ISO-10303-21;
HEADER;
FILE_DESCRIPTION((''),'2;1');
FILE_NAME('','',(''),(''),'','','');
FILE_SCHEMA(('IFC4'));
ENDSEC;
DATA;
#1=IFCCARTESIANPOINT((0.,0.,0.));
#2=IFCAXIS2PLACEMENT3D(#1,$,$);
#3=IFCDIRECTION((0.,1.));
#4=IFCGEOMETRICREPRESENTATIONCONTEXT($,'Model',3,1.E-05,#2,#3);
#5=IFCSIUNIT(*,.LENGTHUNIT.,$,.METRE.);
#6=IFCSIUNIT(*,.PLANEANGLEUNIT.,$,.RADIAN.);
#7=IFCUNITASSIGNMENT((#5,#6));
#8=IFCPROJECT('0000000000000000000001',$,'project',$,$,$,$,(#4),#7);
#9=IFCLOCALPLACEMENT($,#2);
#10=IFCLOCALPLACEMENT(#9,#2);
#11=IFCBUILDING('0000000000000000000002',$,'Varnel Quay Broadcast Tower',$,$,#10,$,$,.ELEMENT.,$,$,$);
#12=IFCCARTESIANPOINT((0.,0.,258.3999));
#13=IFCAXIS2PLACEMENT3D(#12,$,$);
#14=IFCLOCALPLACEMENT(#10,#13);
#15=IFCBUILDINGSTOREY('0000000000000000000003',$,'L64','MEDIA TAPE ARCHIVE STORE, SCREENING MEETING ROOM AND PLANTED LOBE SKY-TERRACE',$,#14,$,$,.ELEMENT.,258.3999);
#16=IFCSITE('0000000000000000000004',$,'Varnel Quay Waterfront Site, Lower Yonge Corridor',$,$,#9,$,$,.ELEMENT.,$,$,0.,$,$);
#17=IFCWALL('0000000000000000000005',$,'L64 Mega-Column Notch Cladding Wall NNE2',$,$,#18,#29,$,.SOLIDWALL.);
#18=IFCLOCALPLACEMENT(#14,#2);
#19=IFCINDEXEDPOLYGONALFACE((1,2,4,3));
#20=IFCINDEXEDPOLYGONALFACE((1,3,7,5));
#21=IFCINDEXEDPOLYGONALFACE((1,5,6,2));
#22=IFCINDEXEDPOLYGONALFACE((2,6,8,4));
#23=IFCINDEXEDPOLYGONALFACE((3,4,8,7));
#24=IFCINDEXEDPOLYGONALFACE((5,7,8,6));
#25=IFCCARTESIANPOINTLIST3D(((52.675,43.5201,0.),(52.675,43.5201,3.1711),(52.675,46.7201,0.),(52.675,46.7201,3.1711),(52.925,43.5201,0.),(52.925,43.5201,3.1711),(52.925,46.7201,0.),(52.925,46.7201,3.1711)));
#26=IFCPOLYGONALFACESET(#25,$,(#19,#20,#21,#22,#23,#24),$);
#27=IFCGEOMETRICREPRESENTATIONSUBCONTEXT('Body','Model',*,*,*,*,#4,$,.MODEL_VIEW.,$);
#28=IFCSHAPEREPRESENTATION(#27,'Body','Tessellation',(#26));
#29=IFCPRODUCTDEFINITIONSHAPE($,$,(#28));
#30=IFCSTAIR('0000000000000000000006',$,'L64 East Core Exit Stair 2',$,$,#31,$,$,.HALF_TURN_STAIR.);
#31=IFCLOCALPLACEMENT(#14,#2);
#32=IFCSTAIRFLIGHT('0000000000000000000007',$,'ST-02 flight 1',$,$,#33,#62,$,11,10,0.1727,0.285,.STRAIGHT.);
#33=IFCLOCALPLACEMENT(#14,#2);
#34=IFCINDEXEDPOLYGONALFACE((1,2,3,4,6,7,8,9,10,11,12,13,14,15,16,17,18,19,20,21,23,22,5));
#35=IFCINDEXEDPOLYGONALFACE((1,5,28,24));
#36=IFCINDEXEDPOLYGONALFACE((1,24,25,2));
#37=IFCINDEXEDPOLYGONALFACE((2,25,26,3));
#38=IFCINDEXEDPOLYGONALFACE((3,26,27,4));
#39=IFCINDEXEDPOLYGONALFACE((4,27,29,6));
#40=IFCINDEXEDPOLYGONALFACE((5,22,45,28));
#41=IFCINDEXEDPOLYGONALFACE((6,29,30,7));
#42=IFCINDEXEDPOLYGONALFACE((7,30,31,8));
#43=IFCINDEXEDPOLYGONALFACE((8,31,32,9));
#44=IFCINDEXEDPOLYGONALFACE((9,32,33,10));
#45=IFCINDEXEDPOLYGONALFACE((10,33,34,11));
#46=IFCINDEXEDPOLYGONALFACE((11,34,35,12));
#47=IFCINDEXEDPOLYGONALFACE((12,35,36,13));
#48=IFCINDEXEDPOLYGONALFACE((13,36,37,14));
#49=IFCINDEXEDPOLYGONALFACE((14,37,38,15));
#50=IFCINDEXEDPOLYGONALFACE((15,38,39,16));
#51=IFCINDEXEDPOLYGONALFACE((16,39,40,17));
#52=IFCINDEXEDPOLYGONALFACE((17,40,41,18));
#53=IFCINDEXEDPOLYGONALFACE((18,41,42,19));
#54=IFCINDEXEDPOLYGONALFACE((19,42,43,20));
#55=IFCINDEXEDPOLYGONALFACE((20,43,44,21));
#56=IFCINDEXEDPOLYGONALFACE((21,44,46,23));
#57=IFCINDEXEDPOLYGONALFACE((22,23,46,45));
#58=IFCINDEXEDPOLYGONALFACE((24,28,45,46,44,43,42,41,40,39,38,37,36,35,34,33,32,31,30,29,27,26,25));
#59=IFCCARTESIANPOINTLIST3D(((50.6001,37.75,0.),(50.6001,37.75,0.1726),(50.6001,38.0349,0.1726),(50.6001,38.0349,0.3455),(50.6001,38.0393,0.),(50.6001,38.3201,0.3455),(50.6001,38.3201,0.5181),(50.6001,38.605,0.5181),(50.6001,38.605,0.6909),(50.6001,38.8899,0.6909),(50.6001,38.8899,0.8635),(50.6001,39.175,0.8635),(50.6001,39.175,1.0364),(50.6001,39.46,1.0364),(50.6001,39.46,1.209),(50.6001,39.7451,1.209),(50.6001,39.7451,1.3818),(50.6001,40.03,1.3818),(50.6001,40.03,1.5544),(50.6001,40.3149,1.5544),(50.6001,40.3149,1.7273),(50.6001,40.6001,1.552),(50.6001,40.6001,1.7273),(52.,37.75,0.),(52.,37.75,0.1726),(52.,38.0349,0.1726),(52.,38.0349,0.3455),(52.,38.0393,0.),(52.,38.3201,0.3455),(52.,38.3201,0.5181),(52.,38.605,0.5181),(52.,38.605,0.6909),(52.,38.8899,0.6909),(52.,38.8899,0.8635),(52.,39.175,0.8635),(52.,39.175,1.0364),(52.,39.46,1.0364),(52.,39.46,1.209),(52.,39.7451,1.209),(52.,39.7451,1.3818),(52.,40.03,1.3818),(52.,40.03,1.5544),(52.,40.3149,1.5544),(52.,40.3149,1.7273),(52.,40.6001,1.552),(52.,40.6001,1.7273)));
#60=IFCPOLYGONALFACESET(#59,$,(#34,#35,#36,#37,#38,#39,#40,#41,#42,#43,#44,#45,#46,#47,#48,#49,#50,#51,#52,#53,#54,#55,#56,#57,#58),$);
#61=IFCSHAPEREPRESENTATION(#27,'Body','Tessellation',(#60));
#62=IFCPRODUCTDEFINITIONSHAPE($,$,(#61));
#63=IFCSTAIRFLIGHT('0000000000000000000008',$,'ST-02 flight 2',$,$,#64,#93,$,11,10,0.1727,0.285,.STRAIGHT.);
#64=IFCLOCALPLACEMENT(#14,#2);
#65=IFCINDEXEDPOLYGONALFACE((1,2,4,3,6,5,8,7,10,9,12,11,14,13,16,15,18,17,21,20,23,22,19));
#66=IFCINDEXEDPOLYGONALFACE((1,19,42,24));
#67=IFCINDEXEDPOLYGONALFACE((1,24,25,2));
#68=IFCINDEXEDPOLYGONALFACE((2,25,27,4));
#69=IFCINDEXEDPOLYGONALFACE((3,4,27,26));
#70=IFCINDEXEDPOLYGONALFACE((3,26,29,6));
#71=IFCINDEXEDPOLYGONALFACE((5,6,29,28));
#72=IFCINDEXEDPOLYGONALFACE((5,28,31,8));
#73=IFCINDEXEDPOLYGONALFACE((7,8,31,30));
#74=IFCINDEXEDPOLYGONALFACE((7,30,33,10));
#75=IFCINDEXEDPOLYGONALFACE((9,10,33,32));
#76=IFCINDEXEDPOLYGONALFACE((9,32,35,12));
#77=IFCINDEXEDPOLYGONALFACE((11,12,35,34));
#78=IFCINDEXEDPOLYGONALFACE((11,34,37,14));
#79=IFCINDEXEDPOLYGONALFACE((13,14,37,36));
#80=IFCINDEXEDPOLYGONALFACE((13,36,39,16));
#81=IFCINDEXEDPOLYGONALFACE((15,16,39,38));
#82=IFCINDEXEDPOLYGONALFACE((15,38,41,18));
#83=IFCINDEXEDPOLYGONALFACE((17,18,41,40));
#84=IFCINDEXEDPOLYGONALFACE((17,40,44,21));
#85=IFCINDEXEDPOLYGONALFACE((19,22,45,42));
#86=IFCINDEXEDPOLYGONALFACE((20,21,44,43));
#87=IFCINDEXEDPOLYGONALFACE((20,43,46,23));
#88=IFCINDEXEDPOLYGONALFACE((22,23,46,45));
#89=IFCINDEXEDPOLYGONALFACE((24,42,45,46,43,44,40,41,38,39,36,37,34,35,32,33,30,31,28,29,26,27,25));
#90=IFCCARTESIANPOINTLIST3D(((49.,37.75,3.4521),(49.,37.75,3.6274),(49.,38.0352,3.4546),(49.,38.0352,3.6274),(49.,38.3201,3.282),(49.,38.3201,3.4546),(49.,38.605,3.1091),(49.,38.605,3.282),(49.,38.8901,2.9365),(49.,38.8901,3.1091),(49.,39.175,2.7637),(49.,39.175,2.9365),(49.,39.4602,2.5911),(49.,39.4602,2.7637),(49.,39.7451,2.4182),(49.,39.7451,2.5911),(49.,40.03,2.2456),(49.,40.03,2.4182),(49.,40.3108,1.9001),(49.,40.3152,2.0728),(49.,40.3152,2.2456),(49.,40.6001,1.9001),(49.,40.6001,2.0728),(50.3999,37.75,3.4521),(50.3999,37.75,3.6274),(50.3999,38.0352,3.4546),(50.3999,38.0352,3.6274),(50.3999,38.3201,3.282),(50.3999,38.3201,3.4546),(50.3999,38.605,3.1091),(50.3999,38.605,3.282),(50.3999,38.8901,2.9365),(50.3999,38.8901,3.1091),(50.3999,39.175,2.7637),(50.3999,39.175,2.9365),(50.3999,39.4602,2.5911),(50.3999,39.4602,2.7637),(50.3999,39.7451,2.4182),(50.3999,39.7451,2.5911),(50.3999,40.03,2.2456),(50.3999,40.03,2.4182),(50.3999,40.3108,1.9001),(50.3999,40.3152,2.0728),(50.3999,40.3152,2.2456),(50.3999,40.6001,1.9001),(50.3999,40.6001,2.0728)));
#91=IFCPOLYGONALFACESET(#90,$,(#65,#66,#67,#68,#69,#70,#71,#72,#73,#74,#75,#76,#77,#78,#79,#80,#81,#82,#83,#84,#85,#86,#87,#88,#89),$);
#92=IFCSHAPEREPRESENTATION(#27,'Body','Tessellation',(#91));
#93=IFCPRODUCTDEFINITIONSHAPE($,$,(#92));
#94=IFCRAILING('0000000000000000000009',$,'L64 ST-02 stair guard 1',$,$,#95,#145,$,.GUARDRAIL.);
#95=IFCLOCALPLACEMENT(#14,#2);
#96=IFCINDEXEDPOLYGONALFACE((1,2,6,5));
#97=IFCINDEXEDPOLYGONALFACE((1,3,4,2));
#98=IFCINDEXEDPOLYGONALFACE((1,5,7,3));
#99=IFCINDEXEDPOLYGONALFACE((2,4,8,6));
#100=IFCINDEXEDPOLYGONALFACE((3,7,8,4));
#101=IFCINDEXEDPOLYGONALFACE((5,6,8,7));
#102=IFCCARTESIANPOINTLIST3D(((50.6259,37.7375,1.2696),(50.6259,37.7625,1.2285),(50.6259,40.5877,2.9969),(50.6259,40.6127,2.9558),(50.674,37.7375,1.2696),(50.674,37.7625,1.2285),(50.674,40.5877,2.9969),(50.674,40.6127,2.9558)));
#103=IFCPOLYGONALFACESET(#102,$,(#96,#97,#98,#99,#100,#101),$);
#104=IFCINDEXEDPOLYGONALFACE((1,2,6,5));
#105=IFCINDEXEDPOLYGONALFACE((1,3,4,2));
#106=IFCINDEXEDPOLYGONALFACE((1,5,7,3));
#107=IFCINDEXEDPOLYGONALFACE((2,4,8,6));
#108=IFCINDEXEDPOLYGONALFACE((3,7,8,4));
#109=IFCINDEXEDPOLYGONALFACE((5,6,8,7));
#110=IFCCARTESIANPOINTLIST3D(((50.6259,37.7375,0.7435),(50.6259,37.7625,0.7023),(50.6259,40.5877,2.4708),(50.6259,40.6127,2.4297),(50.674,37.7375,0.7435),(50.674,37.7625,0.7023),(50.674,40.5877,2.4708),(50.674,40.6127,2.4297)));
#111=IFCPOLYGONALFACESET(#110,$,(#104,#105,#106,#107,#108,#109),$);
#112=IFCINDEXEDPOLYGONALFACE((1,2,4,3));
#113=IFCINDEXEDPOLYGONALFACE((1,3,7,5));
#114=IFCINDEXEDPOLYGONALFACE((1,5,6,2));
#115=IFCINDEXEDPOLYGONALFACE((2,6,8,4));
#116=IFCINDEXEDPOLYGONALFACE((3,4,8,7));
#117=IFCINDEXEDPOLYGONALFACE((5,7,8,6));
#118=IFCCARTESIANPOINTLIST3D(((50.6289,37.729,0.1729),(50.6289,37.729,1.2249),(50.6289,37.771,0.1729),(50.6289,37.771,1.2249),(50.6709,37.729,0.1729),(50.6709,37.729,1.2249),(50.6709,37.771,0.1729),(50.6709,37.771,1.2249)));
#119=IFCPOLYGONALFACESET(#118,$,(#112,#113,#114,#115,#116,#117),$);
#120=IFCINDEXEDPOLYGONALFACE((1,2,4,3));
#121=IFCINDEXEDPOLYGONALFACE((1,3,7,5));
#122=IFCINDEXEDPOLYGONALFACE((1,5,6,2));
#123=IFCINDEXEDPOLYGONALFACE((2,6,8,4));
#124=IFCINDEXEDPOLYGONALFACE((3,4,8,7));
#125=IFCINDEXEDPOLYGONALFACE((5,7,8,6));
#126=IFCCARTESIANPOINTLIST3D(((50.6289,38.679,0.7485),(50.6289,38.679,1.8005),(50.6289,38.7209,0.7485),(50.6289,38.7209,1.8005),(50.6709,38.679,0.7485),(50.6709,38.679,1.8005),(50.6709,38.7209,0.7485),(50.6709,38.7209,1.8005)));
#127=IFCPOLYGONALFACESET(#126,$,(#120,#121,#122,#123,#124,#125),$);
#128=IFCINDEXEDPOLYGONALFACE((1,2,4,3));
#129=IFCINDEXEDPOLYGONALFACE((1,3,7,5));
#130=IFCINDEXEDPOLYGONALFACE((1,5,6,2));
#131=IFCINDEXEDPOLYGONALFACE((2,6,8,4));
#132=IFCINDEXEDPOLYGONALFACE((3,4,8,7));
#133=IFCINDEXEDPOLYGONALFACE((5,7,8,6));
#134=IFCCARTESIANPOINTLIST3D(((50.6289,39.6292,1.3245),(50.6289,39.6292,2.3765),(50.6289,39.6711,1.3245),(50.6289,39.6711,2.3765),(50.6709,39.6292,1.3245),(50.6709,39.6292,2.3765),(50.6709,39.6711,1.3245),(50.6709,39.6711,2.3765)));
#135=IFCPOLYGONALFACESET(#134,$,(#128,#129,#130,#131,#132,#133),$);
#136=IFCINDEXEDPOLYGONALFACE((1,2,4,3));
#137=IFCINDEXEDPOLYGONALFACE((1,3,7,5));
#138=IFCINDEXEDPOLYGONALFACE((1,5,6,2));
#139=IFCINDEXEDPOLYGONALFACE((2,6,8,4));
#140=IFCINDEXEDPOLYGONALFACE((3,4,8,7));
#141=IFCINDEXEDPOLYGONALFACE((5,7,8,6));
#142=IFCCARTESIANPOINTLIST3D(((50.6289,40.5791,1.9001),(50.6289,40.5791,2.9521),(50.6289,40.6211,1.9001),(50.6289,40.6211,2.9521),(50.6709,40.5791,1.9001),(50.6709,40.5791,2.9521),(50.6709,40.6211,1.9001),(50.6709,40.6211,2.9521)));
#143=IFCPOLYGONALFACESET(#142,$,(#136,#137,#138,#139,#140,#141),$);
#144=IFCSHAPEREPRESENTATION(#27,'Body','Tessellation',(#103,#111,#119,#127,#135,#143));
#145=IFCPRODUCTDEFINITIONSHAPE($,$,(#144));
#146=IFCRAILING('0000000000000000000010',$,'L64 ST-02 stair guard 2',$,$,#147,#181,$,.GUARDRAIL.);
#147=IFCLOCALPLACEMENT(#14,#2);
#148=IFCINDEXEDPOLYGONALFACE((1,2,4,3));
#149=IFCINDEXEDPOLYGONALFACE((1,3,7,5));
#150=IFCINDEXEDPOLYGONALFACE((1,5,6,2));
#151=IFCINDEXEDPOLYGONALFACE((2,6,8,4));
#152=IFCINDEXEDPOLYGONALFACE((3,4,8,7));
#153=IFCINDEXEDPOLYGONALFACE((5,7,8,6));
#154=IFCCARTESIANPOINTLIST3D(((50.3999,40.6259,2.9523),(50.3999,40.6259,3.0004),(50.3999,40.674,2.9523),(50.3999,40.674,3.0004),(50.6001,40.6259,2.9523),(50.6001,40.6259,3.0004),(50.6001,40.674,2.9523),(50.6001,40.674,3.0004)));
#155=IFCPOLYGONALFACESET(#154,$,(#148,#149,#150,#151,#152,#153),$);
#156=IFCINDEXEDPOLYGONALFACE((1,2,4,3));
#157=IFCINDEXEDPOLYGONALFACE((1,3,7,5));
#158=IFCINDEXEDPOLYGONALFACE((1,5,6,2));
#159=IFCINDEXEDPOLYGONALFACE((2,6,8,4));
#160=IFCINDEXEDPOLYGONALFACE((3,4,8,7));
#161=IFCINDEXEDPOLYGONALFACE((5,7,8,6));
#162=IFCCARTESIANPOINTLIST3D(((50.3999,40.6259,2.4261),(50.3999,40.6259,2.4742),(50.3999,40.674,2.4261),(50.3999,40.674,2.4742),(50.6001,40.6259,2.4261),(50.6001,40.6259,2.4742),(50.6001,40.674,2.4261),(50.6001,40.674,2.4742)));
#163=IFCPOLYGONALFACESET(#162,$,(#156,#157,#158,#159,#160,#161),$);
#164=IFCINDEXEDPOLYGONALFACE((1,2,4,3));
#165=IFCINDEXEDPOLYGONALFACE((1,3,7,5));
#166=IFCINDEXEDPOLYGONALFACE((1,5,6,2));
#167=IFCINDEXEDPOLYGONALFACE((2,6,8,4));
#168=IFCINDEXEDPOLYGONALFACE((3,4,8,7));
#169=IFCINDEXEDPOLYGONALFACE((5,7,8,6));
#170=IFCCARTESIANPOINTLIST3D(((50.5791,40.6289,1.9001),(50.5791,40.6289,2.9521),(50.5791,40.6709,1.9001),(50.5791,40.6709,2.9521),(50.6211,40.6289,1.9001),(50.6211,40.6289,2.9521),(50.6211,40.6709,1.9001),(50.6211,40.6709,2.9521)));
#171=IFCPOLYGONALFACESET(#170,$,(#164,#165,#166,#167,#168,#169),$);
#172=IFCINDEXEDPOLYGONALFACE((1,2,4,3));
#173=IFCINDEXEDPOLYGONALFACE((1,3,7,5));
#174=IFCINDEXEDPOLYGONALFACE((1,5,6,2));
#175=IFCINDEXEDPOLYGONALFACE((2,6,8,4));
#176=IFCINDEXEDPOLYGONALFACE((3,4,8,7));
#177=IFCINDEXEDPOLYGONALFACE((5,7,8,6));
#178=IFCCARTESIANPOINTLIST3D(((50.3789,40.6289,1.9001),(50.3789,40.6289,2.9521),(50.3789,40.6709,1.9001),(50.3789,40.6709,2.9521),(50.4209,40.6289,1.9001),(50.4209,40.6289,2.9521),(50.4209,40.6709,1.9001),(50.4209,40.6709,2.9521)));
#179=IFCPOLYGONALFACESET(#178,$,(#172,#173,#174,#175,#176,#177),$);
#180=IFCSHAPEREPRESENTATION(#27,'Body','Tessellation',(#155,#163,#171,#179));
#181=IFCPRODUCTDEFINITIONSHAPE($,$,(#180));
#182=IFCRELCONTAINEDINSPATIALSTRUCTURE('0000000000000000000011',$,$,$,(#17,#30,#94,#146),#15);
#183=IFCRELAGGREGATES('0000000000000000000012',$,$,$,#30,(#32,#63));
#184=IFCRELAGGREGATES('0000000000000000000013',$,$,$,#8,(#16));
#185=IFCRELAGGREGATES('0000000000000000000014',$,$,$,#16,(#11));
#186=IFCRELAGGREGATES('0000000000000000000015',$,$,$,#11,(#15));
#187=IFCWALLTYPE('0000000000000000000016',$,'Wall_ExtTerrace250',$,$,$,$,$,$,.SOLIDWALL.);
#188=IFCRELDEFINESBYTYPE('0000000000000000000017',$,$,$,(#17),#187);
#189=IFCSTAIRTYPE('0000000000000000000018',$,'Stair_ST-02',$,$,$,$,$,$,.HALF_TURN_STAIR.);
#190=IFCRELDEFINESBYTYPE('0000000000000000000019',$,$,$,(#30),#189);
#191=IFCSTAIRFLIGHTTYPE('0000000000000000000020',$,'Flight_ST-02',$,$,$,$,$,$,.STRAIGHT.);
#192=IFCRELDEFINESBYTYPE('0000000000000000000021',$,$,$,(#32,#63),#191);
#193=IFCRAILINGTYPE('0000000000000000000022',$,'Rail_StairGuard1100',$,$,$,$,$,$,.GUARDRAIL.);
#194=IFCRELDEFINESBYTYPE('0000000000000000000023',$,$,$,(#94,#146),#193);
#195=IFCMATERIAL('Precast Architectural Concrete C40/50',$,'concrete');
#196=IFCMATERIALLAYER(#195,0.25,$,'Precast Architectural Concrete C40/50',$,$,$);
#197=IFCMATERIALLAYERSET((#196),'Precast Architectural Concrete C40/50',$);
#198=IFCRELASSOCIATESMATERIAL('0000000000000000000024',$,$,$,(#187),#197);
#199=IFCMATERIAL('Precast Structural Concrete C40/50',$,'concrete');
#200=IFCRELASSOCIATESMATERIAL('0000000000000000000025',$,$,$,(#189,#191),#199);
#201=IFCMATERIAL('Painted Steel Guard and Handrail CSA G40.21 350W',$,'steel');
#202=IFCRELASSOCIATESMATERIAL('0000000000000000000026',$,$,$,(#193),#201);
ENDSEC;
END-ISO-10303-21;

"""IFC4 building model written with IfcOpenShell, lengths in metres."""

from ifc_helpers import new_model, si_unit, direction, frame, frame_2d, origin, origin_2d, place, context, subcontext, project, spatial, polyline, rectangle, outline, extrude, material, layer, layer_set, type_object, element, aggregate, save


model = new_model("IFC4")

# Units and contexts
model_context = context("Model", 3, precision=1e-05, world=origin(), true_north=direction((0.0, 1.0)))
body_context = subcontext(model_context, "Body", "Model", "MODEL_VIEW")
ifc_project = project(units=[si_unit("LENGTHUNIT", "METRE"), si_unit("PLANEANGLEUNIT", "RADIAN")], contexts=[model_context])

# Site, building, storey
site_placement = place(None, origin())
site = spatial("IfcSite", under=ifc_project, at=site_placement, Name="Varnel Quay Waterfront Site, Lower Yonge Corridor", CompositionType="ELEMENT", RefElevation=0.0)
building_placement = place(site_placement, origin())
building = spatial("IfcBuilding", under=site, at=building_placement, Name="Varnel Quay Broadcast Tower", CompositionType="ELEMENT")
storey_placement = place(building_placement, frame((0.0, 0.0, 258.3999)))
storey = spatial("IfcBuildingStorey", under=building, at=storey_placement, Name="L64", Description="MEDIA TAPE ARCHIVE STORE, SCREENING MEETING ROOM AND PLANTED LOBE SKY-TERRACE", CompositionType="ELEMENT", Elevation=258.3999)

# Wall
ifc_material_1 = material(Name="Precast Architectural Concrete C40/50", Category="concrete")
ifc_layer_1 = layer(ifc_material_1, 0.25, Name="Precast Architectural Concrete C40/50")
ifc_layer_set_1 = layer_set([ifc_layer_1], Name="Precast Architectural Concrete C40/50")
wall_type_1 = type_object("IfcWallType", Name="Wall_ExtTerrace250", PredefinedType="SOLIDWALL", material=ifc_layer_set_1)
wall_1_placement = place(storey_placement, frame((52.8, 43.52, 0.0), z_axis=(0.0, 0.0, 1.0), x_axis=(0.0, 1.0, 0.0)))
element("IfcWall", 1, at=wall_1_placement, inside=storey, type_object=wall_type_1, Name="L64 Mega-Column Notch Cladding Wall NNE2", PredefinedType="SOLIDWALL", context=body_context, shape_type="SweptSolid", body=[
    extrude(rectangle(XDim=3.2, YDim=0.25, at=frame_2d((1.6001, 0.0))), origin(), (0.0, 0.0, 1.0), 3.1711),
])

# Stair, stair flights
ifc_material_2 = material(Name="Precast Structural Concrete C40/50", Category="concrete")
stair_type = type_object("IfcStairType", Name="Stair_ST-02", PredefinedType="HALF_TURN_STAIR", material=ifc_material_2)
stair_placement = place(storey_placement, origin())
stair = element("IfcStair", 2, at=stair_placement, inside=storey, type_object=stair_type, Name="L64 East Core Exit Stair 2", PredefinedType="HALF_TURN_STAIR")
stair_flight_type = type_object("IfcStairFlightType", Name="Flight_ST-02", PredefinedType="STRAIGHT", material=ifc_material_2)
stair_flight_1_placement = place(storey_placement, frame((51.3, 37.75, 0.0), z_axis=(0.0, 0.0, 1.0), x_axis=(0.0, 1.0, 0.0)))
stair_flight_1 = element("IfcStairFlight", 3, at=stair_flight_1_placement, type_object=stair_flight_type, Name="ST-02 flight 1", NumberOfRisers=11, NumberOfTreads=10, PredefinedType="STRAIGHT", RiserHeight=0.1727, TreadLength=0.285, context=body_context, shape_type="SweptSolid", body=[
    extrude(outline(polyline([(0.0, 0.0), (0.0, 0.1726), (0.2849, 0.1726), (0.2849, 0.3455), (0.5701, 0.3455), (0.5701, 0.5181), (0.855, 0.5181), (0.855, 0.6909), (1.1399, 0.6909), (1.1399, 0.8635), (1.425, 0.8635), (1.425, 1.0364), (1.71, 1.0364), (1.71, 1.209), (1.9951, 1.209), (1.9951, 1.3818), (2.28, 1.3818), (2.28, 1.5544), (2.5649, 1.5544), (2.5649, 1.7273), (2.8501, 1.7273), (2.8501, 1.8999), (2.8501, 1.552), (0.2893, 0.0), (0.0, 0.0)])), frame((0.0, 0.7, 0.0), z_axis=(0.0, -1.0, 0.0), x_axis=(1.0, 0.0, 0.0)), (0.0, 0.0, 1.0), 1.3999),
])
stair_flight_2_placement = place(storey_placement, frame((49.7, 40.6001, 1.9001), z_axis=(0.0, 0.0, 1.0), x_axis=(0.0, -1.0, 0.0)))
stair_flight_2 = element("IfcStairFlight", 4, at=stair_flight_2_placement, type_object=stair_flight_type, Name="ST-02 flight 2", NumberOfRisers=11, NumberOfTreads=10, PredefinedType="STRAIGHT", RiserHeight=0.1727, TreadLength=0.285, context=body_context, shape_type="SweptSolid", body=[
    extrude(outline(polyline([(0.0, 0.0), (0.0, 0.1726), (0.2849, 0.1726), (0.2849, 0.3455), (0.5701, 0.3455), (0.5701, 0.5181), (0.855, 0.5181), (0.855, 0.6909), (1.1399, 0.6909), (1.1399, 0.8635), (1.425, 0.8635), (1.425, 1.0364), (1.71, 1.0364), (1.71, 1.209), (1.9951, 1.209), (1.9951, 1.3818), (2.28, 1.3818), (2.28, 1.5544), (2.5649, 1.5544), (2.5649, 1.7273), (2.8501, 1.7273), (2.8501, 1.8999), (2.8501, 1.552), (0.2893, 0.0), (0.0, 0.0)])), frame((0.0, 0.7, 0.0), z_axis=(0.0, -1.0, 0.0), x_axis=(1.0, 0.0, 0.0)), (0.0, 0.0, 1.0), 1.3999),
])
aggregate(stair, [stair_flight_1, stair_flight_2])

# Railings
ifc_material_3 = material(Name="Painted Steel Guard and Handrail CSA G40.21 350W", Category="steel")
railing_type_1 = type_object("IfcRailingType", Name="Rail_StairGuard1100", PredefinedType="GUARDRAIL", material=ifc_material_3)
railing_1_placement = place(storey_placement, frame((50.6499, 37.75, 0.1729)))
element("IfcRailing", 5, at=railing_1_placement, inside=storey, type_object=railing_type_1, Name="L64 ST-02 stair guard 1", PredefinedType="GUARDRAIL", context=body_context, shape_type="SweptSolid", body=[
    extrude(rectangle(XDim=0.0481, YDim=0.0481, at=origin_2d()), frame((0.0, 0.0, 1.0762), z_axis=(0.0, 0.855203, 0.518294), x_axis=(-1.0, 0.0, 0.0)), (0.0, 0.0, 1.0), 3.3328),
    extrude(rectangle(XDim=0.0481, YDim=0.0481, at=origin_2d()), frame((0.0, 0.0, 0.55), z_axis=(0.0, 0.855203, 0.518294), x_axis=(-1.0, 0.0, 0.0)), (0.0, 0.0, 1.0), 3.3328),
    extrude(rectangle(XDim=0.042, YDim=0.042, at=origin_2d()), origin(), (0.0, 0.0, 1.0), 1.052),
    extrude(rectangle(XDim=0.042, YDim=0.042, at=origin_2d()), frame((0.0, 0.95, 0.5757)), (0.0, 0.0, 1.0), 1.052),
    extrude(rectangle(XDim=0.042, YDim=0.042, at=origin_2d()), frame((0.0, 1.9001, 1.1516)), (0.0, 0.0, 1.0), 1.052),
    extrude(rectangle(XDim=0.042, YDim=0.042, at=origin_2d()), frame((0.0, 2.8501, 1.7273)), (0.0, 0.0, 1.0), 1.052),
])
railing_2_placement = place(storey_placement, frame((50.6001, 40.6499, 1.9001)))
element("IfcRailing", 6, at=railing_2_placement, inside=storey, type_object=railing_type_1, Name="L64 ST-02 stair guard 2", PredefinedType="GUARDRAIL", context=body_context, shape_type="SweptSolid", body=[
    extrude(rectangle(XDim=0.0481, YDim=0.0481, at=origin_2d()), frame((0.0, 0.0, 1.0762), z_axis=(-1.0, 0.0, 0.0), x_axis=(0.0, -1.0, 0.0)), (0.0, 0.0, 1.0), 0.2002),
    extrude(rectangle(XDim=0.0481, YDim=0.0481, at=origin_2d()), frame((0.0, 0.0, 0.55), z_axis=(-1.0, 0.0, 0.0), x_axis=(0.0, -1.0, 0.0)), (0.0, 0.0, 1.0), 0.2002),
    extrude(rectangle(XDim=0.042, YDim=0.042, at=origin_2d()), origin(), (0.0, 0.0, 1.0), 1.052),
    extrude(rectangle(XDim=0.042, YDim=0.042, at=origin_2d()), frame((-0.2002, 0.0, 0.0)), (0.0, 0.0, 1.0), 1.052),
])

save(model, "model.ifc")
